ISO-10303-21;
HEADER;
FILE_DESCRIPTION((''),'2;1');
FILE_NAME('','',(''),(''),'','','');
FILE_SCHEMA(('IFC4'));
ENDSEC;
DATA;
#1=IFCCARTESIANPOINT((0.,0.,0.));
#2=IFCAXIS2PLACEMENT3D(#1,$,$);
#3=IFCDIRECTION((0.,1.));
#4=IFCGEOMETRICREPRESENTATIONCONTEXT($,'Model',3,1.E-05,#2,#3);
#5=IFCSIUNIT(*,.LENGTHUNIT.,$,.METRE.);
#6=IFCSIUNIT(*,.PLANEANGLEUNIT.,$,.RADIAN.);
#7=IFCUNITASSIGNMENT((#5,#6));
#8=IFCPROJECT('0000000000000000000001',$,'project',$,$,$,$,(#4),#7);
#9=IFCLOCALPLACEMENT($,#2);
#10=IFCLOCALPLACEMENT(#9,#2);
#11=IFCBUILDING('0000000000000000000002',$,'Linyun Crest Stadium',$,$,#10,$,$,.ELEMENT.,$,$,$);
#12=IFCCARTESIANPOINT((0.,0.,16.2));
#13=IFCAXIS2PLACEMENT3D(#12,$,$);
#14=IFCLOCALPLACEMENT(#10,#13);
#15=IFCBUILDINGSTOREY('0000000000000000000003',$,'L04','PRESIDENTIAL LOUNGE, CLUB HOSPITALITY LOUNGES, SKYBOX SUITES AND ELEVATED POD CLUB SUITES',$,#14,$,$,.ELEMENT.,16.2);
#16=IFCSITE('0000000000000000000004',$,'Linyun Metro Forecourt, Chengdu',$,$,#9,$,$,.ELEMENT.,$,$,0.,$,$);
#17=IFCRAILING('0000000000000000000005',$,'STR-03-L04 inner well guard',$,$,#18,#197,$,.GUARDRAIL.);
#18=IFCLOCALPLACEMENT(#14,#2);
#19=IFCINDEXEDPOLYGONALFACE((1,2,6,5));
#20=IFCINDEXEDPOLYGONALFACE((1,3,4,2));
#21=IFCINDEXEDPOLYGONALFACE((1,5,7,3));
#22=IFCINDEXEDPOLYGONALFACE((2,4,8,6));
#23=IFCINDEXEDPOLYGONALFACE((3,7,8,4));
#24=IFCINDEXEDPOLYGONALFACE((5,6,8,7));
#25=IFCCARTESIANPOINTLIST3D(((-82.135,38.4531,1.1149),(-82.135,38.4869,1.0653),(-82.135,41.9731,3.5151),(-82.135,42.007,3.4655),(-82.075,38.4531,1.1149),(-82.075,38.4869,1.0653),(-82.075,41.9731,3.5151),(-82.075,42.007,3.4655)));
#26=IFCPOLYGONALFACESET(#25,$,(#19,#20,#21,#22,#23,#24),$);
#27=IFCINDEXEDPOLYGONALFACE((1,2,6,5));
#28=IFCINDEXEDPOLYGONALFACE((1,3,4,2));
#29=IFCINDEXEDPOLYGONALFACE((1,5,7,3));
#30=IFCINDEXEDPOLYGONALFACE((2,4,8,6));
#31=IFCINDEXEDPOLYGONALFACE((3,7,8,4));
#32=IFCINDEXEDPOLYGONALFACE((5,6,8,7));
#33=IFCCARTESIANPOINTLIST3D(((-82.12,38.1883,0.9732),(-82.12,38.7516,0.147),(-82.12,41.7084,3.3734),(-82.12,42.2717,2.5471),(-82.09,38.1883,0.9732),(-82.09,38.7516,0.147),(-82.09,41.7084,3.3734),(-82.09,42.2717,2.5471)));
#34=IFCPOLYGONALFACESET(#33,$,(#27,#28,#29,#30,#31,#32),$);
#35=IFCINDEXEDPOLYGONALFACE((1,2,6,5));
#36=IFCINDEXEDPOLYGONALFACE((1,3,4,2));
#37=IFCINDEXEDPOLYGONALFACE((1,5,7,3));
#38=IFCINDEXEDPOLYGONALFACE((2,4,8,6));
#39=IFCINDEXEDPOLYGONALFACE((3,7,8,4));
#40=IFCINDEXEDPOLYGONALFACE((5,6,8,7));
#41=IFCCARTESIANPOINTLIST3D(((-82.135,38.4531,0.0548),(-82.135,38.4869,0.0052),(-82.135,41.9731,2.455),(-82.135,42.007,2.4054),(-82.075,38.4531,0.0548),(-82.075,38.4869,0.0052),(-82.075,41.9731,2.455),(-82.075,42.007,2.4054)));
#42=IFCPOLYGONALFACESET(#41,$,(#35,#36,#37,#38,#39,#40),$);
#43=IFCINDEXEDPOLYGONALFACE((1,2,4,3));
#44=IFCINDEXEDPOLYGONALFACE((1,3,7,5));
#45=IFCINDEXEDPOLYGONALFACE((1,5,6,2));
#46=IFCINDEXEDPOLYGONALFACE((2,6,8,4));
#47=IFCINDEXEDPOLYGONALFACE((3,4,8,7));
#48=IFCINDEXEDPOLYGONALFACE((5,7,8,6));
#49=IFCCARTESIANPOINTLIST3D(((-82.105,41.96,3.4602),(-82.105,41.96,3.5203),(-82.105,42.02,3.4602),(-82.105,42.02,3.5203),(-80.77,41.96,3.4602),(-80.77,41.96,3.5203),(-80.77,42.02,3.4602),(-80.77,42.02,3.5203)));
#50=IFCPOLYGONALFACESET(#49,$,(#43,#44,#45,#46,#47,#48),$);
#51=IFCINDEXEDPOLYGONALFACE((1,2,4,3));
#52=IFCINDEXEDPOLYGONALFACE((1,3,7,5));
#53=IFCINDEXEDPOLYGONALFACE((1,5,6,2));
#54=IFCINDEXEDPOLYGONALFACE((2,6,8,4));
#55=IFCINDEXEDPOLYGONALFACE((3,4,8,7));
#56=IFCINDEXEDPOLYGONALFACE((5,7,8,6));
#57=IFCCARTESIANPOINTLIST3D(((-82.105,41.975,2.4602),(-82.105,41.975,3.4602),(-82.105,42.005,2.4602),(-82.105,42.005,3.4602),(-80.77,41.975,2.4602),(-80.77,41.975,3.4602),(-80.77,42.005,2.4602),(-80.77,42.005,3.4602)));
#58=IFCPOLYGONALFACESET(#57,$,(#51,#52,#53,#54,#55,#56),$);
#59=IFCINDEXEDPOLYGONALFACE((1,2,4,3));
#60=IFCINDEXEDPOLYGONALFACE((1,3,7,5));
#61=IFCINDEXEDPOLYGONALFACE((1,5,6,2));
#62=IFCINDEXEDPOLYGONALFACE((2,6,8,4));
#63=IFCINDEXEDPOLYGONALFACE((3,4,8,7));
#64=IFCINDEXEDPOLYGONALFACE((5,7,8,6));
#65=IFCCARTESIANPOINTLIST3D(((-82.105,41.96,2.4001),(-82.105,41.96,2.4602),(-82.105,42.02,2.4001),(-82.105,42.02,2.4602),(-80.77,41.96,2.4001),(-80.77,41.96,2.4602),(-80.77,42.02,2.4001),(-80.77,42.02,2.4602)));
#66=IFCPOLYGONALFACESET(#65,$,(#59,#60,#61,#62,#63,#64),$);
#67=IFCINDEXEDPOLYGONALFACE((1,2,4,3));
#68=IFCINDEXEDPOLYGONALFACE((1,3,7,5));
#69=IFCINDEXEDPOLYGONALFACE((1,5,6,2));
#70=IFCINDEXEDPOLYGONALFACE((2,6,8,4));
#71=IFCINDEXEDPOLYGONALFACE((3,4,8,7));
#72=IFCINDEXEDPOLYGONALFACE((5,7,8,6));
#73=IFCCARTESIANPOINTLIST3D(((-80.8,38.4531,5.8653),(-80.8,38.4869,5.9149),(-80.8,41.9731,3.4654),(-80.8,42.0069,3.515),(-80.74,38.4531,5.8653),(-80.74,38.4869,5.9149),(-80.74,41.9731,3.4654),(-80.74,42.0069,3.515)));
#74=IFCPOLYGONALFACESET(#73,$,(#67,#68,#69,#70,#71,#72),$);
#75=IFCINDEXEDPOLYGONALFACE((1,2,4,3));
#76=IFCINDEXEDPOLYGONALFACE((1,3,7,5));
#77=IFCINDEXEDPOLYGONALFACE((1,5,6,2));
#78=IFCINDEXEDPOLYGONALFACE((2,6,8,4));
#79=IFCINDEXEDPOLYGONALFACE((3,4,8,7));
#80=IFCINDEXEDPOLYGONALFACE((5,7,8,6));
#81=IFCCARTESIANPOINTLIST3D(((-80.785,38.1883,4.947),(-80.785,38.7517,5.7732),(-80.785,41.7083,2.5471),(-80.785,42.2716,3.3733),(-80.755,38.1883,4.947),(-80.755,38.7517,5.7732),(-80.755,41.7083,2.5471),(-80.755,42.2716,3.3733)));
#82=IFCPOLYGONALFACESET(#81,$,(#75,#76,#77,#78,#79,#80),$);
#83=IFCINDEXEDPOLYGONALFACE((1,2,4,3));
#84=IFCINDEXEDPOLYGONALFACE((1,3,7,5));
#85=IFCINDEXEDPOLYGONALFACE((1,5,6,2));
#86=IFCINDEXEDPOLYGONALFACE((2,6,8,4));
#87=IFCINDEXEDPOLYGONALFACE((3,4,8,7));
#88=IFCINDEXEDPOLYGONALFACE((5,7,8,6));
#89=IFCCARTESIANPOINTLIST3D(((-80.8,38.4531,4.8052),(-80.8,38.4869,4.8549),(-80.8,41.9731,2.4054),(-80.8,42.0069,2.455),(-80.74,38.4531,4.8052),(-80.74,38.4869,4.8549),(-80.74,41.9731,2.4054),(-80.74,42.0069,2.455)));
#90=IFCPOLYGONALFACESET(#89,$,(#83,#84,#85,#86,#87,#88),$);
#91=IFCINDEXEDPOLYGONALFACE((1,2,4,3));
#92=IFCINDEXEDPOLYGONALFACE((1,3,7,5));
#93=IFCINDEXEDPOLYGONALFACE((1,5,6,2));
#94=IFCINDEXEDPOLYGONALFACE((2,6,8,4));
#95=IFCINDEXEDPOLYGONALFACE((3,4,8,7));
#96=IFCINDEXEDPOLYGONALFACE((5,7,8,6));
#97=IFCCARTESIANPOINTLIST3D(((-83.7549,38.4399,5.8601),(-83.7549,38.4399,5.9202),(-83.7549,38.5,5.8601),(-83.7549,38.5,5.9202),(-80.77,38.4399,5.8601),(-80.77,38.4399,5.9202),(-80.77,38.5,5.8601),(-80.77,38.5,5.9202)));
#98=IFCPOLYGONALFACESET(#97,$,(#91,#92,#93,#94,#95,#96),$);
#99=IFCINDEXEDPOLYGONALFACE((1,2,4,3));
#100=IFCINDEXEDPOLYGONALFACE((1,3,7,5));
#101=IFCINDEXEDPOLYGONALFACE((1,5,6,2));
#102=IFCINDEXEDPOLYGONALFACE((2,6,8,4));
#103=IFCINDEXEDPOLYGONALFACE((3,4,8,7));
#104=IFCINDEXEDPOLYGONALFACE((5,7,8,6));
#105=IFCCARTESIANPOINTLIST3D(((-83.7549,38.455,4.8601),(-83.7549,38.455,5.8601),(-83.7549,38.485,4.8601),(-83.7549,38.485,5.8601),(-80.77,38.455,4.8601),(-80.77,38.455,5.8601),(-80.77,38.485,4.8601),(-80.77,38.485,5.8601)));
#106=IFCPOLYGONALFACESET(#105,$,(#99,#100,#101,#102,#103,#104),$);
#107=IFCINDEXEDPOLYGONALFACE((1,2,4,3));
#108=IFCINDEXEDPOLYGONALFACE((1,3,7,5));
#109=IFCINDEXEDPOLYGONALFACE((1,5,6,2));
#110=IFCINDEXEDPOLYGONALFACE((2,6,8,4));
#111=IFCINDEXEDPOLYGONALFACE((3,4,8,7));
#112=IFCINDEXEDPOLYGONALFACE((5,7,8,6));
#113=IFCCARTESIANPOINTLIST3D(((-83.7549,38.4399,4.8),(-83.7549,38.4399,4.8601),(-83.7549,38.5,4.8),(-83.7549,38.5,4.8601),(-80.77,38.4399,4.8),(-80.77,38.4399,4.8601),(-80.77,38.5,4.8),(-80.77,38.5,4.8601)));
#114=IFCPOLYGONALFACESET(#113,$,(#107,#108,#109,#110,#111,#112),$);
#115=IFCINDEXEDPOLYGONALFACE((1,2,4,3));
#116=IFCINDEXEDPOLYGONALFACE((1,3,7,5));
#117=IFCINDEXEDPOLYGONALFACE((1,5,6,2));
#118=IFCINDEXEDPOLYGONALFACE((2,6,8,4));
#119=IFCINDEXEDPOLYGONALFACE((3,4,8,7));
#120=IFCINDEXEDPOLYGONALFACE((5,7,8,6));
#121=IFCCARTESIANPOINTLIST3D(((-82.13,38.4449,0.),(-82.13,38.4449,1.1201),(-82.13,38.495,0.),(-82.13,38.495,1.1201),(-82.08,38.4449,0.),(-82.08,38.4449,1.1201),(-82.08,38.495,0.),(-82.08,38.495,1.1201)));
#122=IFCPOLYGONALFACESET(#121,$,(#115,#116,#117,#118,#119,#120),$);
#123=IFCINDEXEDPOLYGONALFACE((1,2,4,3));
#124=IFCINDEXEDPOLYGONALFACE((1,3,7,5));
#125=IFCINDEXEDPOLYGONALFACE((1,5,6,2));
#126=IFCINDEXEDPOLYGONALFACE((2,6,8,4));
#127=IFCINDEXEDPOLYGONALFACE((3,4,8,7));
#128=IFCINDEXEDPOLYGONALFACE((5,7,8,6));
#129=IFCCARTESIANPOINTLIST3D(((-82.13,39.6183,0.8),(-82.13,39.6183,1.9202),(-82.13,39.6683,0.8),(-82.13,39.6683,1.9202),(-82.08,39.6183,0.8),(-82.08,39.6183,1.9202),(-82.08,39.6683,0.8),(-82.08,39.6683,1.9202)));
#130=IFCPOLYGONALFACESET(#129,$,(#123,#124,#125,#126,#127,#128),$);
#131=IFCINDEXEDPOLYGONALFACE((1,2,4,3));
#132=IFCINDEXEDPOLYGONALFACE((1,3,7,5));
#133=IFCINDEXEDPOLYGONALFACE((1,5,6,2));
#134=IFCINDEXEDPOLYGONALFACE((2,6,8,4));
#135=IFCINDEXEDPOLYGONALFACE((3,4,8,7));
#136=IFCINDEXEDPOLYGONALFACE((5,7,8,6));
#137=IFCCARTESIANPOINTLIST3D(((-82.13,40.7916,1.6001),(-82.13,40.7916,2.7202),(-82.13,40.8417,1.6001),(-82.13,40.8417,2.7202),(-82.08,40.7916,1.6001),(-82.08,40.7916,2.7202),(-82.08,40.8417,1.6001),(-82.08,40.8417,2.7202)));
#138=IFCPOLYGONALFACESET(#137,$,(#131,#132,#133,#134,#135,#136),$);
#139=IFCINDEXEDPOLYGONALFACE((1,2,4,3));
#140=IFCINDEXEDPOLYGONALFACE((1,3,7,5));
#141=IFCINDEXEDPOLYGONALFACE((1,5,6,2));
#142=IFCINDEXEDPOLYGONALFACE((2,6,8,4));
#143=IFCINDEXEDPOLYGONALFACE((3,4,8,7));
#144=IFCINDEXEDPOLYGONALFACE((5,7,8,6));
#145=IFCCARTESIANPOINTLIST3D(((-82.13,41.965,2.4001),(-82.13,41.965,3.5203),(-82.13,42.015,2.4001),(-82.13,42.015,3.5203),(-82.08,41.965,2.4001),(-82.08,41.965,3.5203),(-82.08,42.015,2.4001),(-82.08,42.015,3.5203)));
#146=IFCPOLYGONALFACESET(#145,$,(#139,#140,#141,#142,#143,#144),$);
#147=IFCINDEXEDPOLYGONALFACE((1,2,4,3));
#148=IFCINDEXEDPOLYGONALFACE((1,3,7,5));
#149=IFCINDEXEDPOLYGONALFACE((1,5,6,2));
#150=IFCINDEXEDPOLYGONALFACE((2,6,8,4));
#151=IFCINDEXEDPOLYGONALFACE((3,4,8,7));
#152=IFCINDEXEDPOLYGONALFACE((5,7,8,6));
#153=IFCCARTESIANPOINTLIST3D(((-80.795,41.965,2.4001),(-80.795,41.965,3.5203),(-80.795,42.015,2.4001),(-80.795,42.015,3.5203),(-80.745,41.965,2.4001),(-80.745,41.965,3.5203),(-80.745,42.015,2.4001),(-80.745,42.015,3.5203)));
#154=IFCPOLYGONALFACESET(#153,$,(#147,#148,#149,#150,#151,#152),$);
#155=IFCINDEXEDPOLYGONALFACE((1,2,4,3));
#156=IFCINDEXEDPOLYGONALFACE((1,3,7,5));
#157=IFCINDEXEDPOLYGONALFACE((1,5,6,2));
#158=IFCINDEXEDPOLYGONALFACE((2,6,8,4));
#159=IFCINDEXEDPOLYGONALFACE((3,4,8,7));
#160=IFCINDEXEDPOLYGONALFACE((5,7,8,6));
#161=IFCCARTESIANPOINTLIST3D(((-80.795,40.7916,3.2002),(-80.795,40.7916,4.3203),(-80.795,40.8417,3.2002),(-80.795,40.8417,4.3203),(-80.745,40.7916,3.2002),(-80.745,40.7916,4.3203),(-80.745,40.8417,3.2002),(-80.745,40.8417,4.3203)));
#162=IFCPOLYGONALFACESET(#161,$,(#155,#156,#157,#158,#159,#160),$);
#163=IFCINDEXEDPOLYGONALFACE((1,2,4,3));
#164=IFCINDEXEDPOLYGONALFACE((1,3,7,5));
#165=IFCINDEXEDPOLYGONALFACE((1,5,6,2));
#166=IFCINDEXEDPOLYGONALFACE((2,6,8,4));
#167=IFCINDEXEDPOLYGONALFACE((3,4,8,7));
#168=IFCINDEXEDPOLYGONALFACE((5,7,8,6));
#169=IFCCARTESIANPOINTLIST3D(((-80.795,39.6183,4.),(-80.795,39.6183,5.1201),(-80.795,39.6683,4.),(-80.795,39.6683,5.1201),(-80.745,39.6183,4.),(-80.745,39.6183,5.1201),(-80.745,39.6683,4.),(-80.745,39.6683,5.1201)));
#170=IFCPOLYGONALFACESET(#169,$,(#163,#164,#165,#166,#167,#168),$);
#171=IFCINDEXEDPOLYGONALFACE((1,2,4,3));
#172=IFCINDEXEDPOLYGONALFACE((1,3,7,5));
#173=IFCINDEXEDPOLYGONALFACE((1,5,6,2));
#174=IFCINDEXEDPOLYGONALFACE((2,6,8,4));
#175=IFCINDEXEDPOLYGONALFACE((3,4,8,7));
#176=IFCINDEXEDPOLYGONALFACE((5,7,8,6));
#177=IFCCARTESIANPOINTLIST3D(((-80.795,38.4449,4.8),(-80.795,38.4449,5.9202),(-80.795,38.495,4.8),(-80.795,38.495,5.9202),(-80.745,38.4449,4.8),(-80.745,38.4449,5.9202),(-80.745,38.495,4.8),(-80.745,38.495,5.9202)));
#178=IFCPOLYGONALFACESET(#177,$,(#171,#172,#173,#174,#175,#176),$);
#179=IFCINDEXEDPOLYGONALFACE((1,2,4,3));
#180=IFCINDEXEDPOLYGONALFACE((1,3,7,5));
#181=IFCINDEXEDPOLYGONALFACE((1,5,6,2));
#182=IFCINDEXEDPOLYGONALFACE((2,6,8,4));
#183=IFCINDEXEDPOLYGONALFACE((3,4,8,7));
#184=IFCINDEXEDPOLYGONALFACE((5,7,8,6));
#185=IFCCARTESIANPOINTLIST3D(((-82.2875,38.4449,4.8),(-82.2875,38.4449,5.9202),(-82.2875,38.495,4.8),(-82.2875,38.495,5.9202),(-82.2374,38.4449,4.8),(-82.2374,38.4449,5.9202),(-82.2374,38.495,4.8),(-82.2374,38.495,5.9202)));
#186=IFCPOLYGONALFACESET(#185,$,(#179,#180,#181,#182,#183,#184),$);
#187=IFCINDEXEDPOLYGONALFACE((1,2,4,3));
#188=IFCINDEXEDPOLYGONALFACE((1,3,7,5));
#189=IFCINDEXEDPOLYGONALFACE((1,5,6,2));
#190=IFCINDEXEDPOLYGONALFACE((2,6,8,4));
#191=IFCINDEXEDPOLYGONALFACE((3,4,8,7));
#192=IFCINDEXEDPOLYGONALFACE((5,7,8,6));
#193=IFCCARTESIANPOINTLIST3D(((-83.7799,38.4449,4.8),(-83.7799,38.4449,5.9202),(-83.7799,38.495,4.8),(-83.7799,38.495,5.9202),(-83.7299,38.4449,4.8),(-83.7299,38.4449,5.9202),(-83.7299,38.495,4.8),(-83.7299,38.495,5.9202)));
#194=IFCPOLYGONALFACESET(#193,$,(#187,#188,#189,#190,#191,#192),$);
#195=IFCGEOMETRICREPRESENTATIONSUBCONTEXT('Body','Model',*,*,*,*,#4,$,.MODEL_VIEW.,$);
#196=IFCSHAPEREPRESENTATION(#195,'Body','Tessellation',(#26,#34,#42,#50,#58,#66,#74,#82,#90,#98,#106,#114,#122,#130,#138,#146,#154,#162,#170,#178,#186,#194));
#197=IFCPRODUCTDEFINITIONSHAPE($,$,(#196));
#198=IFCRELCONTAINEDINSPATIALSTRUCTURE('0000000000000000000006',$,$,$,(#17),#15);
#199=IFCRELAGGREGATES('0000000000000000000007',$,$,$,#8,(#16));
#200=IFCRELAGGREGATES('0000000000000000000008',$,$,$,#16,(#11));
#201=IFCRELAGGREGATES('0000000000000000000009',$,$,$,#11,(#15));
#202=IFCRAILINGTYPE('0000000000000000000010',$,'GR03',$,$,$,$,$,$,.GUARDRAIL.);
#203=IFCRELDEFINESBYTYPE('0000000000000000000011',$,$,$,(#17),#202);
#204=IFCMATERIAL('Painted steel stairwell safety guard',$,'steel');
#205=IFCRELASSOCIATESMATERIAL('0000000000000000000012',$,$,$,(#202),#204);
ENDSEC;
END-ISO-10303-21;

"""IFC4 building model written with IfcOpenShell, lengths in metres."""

from ifc_helpers import new_model, si_unit, direction, frame, origin, origin_2d, place, context, subcontext, project, spatial, rectangle, extrude, material, type_object, element, save


model = new_model("IFC4")

# Units and contexts
model_context = context("Model", 3, precision=1e-05, world=origin(), true_north=direction((0.0, 1.0)))
body_context = subcontext(model_context, "Body", "Model", "MODEL_VIEW")
ifc_project = project(units=[si_unit("LENGTHUNIT", "METRE"), si_unit("PLANEANGLEUNIT", "RADIAN")], contexts=[model_context])

# Site, building, storey
site_placement = place(None, origin())
site = spatial("IfcSite", under=ifc_project, at=site_placement, Name="Linyun Metro Forecourt, Chengdu", CompositionType="ELEMENT", RefElevation=0.0)
building_placement = place(site_placement, origin())
building = spatial("IfcBuilding", under=site, at=building_placement, Name="Linyun Crest Stadium", CompositionType="ELEMENT")
storey_placement = place(building_placement, frame((0.0, 0.0, 16.2)))
storey = spatial("IfcBuildingStorey", under=building, at=storey_placement, Name="L04", Description="PRESIDENTIAL LOUNGE, CLUB HOSPITALITY LOUNGES, SKYBOX SUITES AND ELEVATED POD CLUB SUITES", CompositionType="ELEMENT", Elevation=16.2)

# Railing
ifc_material_1 = material(Name="Painted steel stairwell safety guard", Category="steel")
railing_type_1 = type_object("IfcRailingType", Name="GR03", PredefinedType="GUARDRAIL", material=ifc_material_1)
railing_1_placement = place(storey_placement, frame((-82.105, 38.47, 0.0)))
element("IfcRailing", 1, at=railing_1_placement, inside=storey, type_object=railing_type_1, Name="STR-03-L04 inner well guard", PredefinedType="GUARDRAIL", context=body_context, shape_type="SweptSolid", body=[
    extrude(rectangle(XDim=0.0601, YDim=0.0601, at=origin_2d()), frame((0.0, 0.0, 1.0901), z_axis=(0.0, 0.826213, 0.563358), x_axis=(-1.0, 0.0, 0.0)), (0.0, 0.0, 1.0), 4.2605),
    extrude(rectangle(XDim=0.03, YDim=1.0, at=origin_2d()), frame((0.0, 0.0, 0.5601), z_axis=(0.0, 0.826213, 0.563358), x_axis=(-1.0, 0.0, 0.0)), (0.0, 0.0, 1.0), 4.2605),
    extrude(rectangle(XDim=0.0601, YDim=0.0601, at=origin_2d()), frame((0.0, 0.0, 0.03), z_axis=(0.0, 0.826213, 0.563358), x_axis=(-1.0, 0.0, 0.0)), (0.0, 0.0, 1.0), 4.2605),
    extrude(rectangle(XDim=0.0601, YDim=0.0601, at=origin_2d()), frame((0.0, 3.52, 3.4902), z_axis=(1.0, 0.0, 0.0), x_axis=(0.0, 1.0, 0.0)), (0.0, 0.0, 1.0), 1.335),
    extrude(rectangle(XDim=0.03, YDim=1.0, at=origin_2d()), frame((0.0, 3.52, 2.9602), z_axis=(1.0, 0.0, 0.0), x_axis=(0.0, 1.0, 0.0)), (0.0, 0.0, 1.0), 1.335),
    extrude(rectangle(XDim=0.0601, YDim=0.0601, at=origin_2d()), frame((0.0, 3.52, 2.4302), z_axis=(1.0, 0.0, 0.0), x_axis=(0.0, 1.0, 0.0)), (0.0, 0.0, 1.0), 1.335),
    extrude(rectangle(XDim=0.0601, YDim=0.0601, at=origin_2d()), frame((1.335, 3.52, 3.4902), z_axis=(0.0, -0.826239, 0.563319), x_axis=(1.0, 0.0, 0.0)), (0.0, 0.0, 1.0), 4.2603),
    extrude(rectangle(XDim=0.03, YDim=1.0, at=origin_2d()), frame((1.335, 3.52, 2.9602), z_axis=(0.0, -0.826239, 0.563319), x_axis=(1.0, 0.0, 0.0)), (0.0, 0.0, 1.0), 4.2603),
    extrude(rectangle(XDim=0.0601, YDim=0.0601, at=origin_2d()), frame((1.335, 3.52, 2.4302), z_axis=(0.0, -0.826239, 0.563319), x_axis=(1.0, 0.0, 0.0)), (0.0, 0.0, 1.0), 4.2603),
    extrude(rectangle(XDim=0.0601, YDim=0.0601, at=origin_2d()), frame((1.335, 0.0, 5.8901), z_axis=(-1.0, 0.0, 0.0), x_axis=(0.0, -1.0, 0.0)), (0.0, 0.0, 1.0), 2.9849),
    extrude(rectangle(XDim=0.03, YDim=1.0, at=origin_2d()), frame((1.335, 0.0, 5.3601), z_axis=(-1.0, 0.0, 0.0), x_axis=(0.0, -1.0, 0.0)), (0.0, 0.0, 1.0), 2.9849),
    extrude(rectangle(XDim=0.0601, YDim=0.0601, at=origin_2d()), frame((1.335, 0.0, 4.8301), z_axis=(-1.0, 0.0, 0.0), x_axis=(0.0, -1.0, 0.0)), (0.0, 0.0, 1.0), 2.9849),
    extrude(rectangle(XDim=0.05, YDim=0.05, at=origin_2d()), origin(), (0.0, 0.0, 1.0), 1.1201),
    extrude(rectangle(XDim=0.05, YDim=0.05, at=origin_2d()), frame((0.0, 1.1733, 0.8)), (0.0, 0.0, 1.0), 1.1201),
    extrude(rectangle(XDim=0.05, YDim=0.05, at=origin_2d()), frame((0.0, 2.3467, 1.6001)), (0.0, 0.0, 1.0), 1.1201),
    extrude(rectangle(XDim=0.05, YDim=0.05, at=origin_2d()), frame((0.0, 3.52, 2.4001)), (0.0, 0.0, 1.0), 1.1201),
    extrude(rectangle(XDim=0.05, YDim=0.05, at=origin_2d()), frame((1.335, 3.52, 2.4001)), (0.0, 0.0, 1.0), 1.1201),
    extrude(rectangle(XDim=0.05, YDim=0.05, at=origin_2d()), frame((1.335, 2.3467, 3.2002)), (0.0, 0.0, 1.0), 1.1201),
    extrude(rectangle(XDim=0.05, YDim=0.05, at=origin_2d()), frame((1.335, 1.1733, 4.0)), (0.0, 0.0, 1.0), 1.1201),
    extrude(rectangle(XDim=0.05, YDim=0.05, at=origin_2d()), frame((1.335, 0.0, 4.8)), (0.0, 0.0, 1.0), 1.1201),
    extrude(rectangle(XDim=0.05, YDim=0.05, at=origin_2d()), frame((-0.1575, 0.0, 4.8)), (0.0, 0.0, 1.0), 1.1201),
    extrude(rectangle(XDim=0.05, YDim=0.05, at=origin_2d()), frame((-1.6499, 0.0, 4.8)), (0.0, 0.0, 1.0), 1.1201),
])

save(model, "model.ifc")
